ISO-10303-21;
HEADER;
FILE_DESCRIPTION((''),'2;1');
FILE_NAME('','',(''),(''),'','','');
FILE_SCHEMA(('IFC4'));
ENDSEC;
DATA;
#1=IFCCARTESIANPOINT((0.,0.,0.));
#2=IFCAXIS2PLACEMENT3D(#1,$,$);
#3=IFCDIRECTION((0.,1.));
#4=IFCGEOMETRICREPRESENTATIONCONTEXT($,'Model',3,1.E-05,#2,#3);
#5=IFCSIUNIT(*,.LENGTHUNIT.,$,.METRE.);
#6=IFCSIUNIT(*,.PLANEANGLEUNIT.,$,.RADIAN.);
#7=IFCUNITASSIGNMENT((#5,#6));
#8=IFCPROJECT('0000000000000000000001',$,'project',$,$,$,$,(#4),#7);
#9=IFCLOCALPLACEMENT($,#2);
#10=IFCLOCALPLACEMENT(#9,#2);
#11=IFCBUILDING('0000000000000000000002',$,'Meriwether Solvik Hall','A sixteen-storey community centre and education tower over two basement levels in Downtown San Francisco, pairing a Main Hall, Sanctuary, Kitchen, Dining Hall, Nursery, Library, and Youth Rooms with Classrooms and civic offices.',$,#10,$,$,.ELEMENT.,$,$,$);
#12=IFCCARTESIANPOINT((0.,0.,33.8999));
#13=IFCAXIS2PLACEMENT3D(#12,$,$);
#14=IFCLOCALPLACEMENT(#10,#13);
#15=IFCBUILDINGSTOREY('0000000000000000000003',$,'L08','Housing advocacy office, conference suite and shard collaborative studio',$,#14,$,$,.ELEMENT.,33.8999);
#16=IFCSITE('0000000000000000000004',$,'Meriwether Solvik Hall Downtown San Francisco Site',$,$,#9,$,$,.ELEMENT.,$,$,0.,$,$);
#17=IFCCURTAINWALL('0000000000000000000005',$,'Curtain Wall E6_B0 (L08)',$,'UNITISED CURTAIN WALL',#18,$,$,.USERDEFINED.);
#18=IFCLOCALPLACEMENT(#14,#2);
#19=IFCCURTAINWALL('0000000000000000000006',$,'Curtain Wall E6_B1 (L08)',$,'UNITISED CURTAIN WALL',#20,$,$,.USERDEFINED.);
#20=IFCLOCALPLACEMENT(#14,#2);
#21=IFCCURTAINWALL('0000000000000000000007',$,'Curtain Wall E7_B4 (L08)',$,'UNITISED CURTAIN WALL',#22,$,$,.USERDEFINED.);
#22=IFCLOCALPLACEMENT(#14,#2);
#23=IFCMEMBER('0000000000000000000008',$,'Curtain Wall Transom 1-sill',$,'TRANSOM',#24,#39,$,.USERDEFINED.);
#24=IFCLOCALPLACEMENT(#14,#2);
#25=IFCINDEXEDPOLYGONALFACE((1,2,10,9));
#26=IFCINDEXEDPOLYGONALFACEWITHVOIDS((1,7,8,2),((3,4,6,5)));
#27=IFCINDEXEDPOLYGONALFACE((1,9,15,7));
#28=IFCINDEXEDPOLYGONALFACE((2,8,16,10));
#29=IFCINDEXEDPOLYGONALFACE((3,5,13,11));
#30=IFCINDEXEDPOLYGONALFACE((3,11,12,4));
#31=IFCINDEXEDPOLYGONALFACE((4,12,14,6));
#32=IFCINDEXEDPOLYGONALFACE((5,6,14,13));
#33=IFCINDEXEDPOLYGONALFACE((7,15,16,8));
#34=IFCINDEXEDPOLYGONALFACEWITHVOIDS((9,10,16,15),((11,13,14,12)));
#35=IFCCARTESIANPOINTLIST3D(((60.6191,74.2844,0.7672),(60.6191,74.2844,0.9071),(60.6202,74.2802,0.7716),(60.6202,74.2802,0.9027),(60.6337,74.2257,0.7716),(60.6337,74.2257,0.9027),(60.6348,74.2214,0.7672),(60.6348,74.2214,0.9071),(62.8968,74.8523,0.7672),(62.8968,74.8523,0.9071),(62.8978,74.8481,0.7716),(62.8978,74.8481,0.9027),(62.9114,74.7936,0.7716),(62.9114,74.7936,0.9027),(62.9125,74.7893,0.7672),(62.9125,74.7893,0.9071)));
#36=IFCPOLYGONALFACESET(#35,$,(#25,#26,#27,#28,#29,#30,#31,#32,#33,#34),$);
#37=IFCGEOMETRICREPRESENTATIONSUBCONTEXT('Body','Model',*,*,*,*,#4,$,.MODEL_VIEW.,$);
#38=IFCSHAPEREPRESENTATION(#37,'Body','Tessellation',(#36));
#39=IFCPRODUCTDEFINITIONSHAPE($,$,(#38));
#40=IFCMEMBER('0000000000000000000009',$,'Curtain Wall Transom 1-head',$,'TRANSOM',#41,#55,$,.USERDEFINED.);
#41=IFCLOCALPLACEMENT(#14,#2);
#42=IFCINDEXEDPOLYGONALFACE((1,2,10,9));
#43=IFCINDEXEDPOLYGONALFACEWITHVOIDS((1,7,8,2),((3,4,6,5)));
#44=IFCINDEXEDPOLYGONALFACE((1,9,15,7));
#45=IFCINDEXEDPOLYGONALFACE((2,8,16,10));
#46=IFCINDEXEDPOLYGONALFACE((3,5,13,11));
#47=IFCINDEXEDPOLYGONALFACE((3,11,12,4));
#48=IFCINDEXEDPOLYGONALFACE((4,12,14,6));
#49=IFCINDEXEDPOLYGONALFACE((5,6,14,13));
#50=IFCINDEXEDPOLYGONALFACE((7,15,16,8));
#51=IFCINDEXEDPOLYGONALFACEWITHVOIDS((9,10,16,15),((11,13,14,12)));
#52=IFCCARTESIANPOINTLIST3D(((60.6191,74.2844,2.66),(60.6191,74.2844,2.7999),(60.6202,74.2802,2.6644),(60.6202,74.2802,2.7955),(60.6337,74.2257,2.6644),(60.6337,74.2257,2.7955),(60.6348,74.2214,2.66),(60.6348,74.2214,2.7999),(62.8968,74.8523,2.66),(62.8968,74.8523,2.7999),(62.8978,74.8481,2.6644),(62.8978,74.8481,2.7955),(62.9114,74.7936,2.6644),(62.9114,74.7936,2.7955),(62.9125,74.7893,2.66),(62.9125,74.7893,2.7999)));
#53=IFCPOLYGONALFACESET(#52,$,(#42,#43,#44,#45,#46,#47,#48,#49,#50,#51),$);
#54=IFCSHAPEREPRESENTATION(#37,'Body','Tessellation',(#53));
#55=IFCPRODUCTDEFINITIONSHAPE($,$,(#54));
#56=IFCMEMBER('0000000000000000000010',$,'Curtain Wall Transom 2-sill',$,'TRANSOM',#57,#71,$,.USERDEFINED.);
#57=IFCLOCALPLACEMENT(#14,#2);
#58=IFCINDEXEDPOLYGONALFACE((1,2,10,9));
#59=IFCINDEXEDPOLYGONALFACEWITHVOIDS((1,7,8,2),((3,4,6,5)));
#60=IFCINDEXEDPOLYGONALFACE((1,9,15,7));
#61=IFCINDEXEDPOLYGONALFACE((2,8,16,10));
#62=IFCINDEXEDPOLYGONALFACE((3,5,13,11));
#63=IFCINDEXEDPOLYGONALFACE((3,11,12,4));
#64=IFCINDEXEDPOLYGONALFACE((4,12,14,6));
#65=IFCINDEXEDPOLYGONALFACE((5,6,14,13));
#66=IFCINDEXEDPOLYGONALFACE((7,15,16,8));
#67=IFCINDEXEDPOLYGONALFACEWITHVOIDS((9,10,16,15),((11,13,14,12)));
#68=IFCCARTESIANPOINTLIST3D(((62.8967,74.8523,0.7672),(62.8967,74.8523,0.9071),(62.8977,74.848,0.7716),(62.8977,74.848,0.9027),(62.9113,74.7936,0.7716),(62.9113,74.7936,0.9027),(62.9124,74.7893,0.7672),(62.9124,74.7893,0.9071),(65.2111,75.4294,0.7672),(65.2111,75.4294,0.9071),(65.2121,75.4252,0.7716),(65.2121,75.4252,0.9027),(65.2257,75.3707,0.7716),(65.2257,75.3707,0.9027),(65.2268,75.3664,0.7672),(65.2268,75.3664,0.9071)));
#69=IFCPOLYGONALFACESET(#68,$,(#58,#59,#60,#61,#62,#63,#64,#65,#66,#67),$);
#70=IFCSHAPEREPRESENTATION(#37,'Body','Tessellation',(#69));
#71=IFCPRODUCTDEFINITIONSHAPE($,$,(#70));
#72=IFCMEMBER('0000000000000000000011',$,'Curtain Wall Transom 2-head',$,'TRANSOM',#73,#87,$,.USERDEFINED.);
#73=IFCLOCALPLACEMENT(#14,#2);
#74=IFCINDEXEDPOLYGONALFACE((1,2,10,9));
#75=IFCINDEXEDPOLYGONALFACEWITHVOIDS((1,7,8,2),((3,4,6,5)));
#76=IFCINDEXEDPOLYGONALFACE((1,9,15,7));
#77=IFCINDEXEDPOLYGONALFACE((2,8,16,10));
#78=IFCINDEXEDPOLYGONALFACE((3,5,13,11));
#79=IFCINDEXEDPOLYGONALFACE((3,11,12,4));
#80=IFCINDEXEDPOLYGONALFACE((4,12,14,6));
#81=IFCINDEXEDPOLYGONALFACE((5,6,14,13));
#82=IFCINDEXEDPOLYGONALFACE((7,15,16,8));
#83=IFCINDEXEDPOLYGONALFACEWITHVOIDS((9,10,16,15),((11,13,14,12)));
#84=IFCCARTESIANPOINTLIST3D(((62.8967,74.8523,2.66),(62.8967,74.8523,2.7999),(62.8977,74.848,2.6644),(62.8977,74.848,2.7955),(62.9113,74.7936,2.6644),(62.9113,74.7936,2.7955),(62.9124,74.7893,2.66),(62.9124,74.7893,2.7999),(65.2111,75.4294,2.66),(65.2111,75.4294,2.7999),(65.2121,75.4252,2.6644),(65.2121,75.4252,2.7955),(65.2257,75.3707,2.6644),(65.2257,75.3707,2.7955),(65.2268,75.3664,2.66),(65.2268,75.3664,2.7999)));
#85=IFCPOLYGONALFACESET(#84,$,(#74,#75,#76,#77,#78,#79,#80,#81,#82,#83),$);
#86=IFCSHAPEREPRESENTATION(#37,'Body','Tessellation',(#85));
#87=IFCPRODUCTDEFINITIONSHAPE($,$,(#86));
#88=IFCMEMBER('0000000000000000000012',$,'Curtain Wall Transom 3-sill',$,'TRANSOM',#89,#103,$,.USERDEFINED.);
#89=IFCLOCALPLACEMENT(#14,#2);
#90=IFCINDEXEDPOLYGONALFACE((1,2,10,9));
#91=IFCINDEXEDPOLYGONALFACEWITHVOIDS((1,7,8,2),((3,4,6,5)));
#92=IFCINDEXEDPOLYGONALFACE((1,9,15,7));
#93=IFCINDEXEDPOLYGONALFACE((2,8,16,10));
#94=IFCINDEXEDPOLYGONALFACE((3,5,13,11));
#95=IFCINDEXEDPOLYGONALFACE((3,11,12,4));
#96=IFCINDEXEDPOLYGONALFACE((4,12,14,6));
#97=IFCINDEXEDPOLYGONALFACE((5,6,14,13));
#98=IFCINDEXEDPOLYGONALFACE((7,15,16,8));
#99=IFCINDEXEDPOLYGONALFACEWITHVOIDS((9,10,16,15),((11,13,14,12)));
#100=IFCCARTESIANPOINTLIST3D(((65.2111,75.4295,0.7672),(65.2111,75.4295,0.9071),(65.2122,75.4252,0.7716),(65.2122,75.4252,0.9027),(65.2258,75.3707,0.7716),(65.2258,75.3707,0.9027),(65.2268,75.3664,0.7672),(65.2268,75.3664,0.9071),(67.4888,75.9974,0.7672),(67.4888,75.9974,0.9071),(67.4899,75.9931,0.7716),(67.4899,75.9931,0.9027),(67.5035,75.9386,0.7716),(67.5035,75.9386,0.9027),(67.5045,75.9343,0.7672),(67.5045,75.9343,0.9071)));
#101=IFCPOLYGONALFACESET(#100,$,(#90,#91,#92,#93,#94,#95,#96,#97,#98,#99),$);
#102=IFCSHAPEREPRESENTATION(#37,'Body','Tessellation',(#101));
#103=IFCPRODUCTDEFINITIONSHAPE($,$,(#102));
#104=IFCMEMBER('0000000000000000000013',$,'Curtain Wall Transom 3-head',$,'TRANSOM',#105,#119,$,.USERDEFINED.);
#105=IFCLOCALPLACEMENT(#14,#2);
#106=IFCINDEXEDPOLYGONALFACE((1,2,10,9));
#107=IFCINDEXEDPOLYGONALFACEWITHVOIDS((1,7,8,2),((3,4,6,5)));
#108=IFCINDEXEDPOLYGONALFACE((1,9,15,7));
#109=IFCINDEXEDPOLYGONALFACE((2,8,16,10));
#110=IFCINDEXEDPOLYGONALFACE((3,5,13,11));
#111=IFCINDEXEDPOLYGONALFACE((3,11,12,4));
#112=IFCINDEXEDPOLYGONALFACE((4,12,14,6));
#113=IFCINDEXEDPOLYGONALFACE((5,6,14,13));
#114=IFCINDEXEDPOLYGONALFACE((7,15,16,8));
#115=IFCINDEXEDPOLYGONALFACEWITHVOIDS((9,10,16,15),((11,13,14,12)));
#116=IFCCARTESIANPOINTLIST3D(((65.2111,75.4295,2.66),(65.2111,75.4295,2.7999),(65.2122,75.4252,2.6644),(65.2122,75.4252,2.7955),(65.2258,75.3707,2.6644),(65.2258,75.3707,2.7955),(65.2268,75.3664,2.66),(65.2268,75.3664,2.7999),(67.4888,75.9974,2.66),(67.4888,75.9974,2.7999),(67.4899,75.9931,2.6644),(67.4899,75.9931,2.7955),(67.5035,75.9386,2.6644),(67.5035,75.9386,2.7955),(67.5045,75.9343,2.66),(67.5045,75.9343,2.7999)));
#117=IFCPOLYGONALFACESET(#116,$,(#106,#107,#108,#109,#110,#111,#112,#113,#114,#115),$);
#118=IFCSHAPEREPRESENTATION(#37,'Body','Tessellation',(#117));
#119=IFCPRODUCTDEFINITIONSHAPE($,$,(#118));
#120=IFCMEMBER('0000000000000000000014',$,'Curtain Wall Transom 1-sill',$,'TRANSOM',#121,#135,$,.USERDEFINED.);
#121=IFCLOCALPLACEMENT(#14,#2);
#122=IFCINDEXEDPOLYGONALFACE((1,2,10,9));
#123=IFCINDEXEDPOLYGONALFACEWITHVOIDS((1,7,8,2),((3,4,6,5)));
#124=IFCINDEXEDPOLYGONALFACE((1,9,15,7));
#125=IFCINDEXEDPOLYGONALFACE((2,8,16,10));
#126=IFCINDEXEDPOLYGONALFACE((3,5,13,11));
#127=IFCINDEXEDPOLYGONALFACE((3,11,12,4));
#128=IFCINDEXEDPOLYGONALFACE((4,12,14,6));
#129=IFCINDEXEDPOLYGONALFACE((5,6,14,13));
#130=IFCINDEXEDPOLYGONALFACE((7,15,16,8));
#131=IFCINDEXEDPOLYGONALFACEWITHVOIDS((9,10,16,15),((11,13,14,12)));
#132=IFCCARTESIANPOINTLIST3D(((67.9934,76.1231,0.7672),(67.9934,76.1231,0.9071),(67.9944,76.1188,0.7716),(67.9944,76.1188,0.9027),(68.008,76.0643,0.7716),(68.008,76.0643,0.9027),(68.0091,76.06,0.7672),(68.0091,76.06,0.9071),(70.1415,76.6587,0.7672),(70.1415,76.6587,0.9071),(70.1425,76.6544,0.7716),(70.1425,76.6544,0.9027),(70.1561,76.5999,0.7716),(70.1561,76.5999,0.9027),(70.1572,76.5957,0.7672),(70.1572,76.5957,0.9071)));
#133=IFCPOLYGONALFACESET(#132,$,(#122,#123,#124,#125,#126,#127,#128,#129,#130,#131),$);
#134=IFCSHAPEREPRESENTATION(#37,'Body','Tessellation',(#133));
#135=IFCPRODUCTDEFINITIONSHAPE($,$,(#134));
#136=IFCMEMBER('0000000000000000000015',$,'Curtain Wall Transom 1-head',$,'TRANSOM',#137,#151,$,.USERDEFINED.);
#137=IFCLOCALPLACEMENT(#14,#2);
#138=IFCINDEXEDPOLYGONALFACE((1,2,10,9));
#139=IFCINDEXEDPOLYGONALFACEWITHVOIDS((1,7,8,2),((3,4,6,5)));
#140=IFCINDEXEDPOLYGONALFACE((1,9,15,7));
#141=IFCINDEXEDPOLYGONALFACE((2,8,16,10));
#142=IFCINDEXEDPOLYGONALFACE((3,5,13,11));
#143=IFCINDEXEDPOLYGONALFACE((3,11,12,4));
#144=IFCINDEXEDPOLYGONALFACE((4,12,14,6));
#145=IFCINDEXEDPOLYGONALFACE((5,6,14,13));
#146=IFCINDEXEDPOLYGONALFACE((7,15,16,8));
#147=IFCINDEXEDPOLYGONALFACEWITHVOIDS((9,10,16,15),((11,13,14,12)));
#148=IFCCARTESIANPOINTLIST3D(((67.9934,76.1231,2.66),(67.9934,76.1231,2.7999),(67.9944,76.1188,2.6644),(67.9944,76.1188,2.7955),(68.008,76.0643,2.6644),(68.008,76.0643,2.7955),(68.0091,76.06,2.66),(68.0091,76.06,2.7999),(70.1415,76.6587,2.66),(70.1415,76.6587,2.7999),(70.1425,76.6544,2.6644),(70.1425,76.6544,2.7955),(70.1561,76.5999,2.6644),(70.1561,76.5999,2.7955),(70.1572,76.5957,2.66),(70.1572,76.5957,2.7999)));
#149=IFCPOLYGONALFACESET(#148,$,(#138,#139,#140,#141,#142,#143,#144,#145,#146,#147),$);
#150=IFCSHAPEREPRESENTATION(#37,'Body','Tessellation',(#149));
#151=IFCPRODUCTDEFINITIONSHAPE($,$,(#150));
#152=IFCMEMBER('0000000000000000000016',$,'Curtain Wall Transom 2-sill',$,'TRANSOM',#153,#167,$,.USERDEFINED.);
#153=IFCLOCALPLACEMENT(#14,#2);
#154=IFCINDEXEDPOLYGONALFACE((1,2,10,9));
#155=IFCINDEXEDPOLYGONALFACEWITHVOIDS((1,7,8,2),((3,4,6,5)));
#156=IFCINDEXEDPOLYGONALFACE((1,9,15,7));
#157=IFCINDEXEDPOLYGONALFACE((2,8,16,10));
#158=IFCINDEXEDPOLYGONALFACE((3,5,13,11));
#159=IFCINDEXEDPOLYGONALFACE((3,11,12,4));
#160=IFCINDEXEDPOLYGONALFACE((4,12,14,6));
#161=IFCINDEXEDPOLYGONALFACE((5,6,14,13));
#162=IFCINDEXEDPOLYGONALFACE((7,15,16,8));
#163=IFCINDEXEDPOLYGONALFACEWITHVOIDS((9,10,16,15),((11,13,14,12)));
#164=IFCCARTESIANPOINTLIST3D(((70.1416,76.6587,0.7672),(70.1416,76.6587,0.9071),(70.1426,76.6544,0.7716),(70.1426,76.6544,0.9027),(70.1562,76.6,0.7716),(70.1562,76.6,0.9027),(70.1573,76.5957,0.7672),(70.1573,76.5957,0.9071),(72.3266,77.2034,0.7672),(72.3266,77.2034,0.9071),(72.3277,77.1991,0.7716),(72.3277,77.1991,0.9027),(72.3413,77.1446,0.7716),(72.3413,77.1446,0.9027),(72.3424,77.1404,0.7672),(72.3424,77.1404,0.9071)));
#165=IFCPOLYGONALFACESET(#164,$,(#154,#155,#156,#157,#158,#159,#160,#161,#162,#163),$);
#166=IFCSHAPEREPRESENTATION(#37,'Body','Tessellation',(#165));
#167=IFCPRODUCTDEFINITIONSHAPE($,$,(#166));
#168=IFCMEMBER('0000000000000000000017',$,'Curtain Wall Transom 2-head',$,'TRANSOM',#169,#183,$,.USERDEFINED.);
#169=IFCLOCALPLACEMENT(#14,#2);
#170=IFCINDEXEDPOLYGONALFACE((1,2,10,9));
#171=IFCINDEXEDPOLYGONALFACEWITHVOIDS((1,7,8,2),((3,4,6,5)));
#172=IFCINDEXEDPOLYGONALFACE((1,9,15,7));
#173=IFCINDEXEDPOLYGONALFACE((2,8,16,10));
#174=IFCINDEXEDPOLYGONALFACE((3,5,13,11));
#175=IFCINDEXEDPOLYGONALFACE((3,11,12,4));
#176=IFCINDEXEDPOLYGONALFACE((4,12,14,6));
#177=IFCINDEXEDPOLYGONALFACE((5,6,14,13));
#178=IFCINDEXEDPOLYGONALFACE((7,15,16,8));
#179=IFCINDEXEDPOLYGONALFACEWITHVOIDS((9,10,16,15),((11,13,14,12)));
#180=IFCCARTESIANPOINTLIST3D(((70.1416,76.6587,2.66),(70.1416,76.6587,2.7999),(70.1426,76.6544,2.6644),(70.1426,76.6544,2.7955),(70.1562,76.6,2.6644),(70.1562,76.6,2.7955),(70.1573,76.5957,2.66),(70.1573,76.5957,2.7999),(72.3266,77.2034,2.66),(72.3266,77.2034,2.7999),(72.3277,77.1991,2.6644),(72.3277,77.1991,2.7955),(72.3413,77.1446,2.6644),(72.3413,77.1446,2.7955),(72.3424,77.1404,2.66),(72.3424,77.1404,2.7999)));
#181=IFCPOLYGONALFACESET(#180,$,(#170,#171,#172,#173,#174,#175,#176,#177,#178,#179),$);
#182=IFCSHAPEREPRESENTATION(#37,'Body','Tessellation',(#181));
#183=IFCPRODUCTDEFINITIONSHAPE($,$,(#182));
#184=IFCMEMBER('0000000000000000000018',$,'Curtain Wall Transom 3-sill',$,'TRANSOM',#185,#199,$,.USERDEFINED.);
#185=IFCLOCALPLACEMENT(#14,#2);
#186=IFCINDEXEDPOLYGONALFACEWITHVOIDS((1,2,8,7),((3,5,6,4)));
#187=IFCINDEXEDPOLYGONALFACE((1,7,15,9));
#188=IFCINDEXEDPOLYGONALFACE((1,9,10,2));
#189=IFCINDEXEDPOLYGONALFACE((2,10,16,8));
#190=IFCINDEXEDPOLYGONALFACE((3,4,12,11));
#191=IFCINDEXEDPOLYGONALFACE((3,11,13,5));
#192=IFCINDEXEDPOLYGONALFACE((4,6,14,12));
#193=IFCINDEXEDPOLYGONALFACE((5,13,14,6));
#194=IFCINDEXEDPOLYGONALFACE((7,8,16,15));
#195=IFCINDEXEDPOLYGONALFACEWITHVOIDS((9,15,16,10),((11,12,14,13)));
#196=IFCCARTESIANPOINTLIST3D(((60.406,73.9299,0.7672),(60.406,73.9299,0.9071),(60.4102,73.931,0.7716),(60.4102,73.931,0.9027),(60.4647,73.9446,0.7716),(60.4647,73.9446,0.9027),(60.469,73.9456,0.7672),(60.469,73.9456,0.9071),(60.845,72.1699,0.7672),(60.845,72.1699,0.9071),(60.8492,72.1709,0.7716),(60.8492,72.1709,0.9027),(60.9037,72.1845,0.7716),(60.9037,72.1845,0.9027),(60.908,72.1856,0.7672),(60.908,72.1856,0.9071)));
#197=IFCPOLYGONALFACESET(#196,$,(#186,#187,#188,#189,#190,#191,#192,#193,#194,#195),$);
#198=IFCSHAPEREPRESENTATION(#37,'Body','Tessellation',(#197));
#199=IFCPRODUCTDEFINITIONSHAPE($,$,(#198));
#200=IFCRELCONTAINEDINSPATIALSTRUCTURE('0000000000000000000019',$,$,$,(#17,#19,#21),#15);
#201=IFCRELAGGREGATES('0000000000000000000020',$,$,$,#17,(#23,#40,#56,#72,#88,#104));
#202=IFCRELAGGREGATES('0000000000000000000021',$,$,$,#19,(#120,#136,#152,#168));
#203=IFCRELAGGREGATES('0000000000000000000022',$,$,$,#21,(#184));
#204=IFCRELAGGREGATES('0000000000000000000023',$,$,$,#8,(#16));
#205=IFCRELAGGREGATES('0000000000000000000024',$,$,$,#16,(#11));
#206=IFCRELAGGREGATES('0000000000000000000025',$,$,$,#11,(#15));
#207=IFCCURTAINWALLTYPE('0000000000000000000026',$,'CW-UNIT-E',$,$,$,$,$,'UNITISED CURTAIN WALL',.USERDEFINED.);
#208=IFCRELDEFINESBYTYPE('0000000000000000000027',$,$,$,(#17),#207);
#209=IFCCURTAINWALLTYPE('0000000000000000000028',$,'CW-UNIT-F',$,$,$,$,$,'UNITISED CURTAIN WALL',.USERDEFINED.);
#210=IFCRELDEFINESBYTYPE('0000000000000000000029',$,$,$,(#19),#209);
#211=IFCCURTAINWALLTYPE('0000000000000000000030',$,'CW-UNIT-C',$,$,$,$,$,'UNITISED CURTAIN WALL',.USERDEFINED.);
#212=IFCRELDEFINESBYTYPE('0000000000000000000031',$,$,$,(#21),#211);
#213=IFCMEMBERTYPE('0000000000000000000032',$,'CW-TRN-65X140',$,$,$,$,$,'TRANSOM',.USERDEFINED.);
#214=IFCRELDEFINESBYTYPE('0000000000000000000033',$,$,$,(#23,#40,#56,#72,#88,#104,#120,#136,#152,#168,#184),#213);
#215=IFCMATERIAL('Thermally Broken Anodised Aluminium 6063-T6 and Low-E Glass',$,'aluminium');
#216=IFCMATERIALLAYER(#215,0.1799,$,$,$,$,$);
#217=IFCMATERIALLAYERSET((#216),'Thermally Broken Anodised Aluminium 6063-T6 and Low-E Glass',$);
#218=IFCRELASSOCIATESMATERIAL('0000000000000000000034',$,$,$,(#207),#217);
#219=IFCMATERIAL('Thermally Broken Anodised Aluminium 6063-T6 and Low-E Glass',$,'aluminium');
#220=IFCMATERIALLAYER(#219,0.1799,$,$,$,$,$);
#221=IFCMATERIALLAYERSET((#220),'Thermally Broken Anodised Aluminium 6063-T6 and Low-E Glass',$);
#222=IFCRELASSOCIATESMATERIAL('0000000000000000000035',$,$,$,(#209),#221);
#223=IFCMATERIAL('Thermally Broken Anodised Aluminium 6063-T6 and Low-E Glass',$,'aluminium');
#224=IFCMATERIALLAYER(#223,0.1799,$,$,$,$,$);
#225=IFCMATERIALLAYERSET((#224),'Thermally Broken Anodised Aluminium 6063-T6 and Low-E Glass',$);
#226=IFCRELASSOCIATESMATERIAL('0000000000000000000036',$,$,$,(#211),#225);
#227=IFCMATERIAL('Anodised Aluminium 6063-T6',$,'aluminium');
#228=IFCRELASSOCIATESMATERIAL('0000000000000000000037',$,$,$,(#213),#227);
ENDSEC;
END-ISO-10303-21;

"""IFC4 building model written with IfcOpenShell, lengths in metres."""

from ifc_helpers import new_model, si_unit, direction, frame, origin, origin_2d, place, context, subcontext, project, spatial, hollow_rectangle, extrude, material, layer, layer_set, material_profile, profile_set, type_object, element, aggregate, save


model = new_model("IFC4")

# Units and contexts
model_context = context("Model", 3, precision=1e-05, world=origin(), true_north=direction((0.0, 1.0)))
body_context = subcontext(model_context, "Body", "Model", "MODEL_VIEW")
ifc_project = project(units=[si_unit("LENGTHUNIT", "METRE"), si_unit("PLANEANGLEUNIT", "RADIAN")], contexts=[model_context])

# Site, building, storey
site_placement = place(None, origin())
site = spatial("IfcSite", under=ifc_project, at=site_placement, Name="Meriwether Solvik Hall Downtown San Francisco Site", CompositionType="ELEMENT", RefElevation=0.0)
building_placement = place(site_placement, origin())
building = spatial("IfcBuilding", under=site, at=building_placement, Name="Meriwether Solvik Hall", Description="A sixteen-storey community centre and education tower over two basement levels in Downtown San Francisco, pairing a Main Hall, Sanctuary, Kitchen, Dining Hall, Nursery, Library, and Youth Rooms with Classrooms and civic offices.", CompositionType="ELEMENT")
storey_placement = place(building_placement, frame((0.0, 0.0, 33.8999)))
storey = spatial("IfcBuildingStorey", under=building, at=storey_placement, Name="L08", Description="Housing advocacy office, conference suite and shard collaborative studio", CompositionType="ELEMENT", Elevation=33.8999)

# Curtain walls
ifc_material_1 = material(Name="Thermally Broken Anodised Aluminium 6063-T6 and Low-E Glass", Category="aluminium")
ifc_layer_1 = layer(ifc_material_1, 0.1799)
ifc_layer_set_1 = layer_set([ifc_layer_1], Name="Thermally Broken Anodised Aluminium 6063-T6 and Low-E Glass")
curtain_wall_type_1 = type_object("IfcCurtainWallType", Name="CW-UNIT-E", ElementType="UNITISED CURTAIN WALL", PredefinedType="USERDEFINED", material=ifc_layer_set_1)
curtain_wall_1_placement = place(storey_placement, origin())
curtain_wall_1 = element("IfcCurtainWall", 1, at=curtain_wall_1_placement, inside=storey, type_object=curtain_wall_type_1, Name="Curtain Wall E6_B0 (L08)", ObjectType="UNITISED CURTAIN WALL", PredefinedType="USERDEFINED")
ifc_material_2 = material(Name="Thermally Broken Anodised Aluminium 6063-T6 and Low-E Glass", Category="aluminium")
ifc_layer_2 = layer(ifc_material_2, 0.1799)
ifc_layer_set_2 = layer_set([ifc_layer_2], Name="Thermally Broken Anodised Aluminium 6063-T6 and Low-E Glass")
curtain_wall_type_2 = type_object("IfcCurtainWallType", Name="CW-UNIT-F", ElementType="UNITISED CURTAIN WALL", PredefinedType="USERDEFINED", material=ifc_layer_set_2)
curtain_wall_2_placement = place(storey_placement, origin())
curtain_wall_2 = element("IfcCurtainWall", 2, at=curtain_wall_2_placement, inside=storey, type_object=curtain_wall_type_2, Name="Curtain Wall E6_B1 (L08)", ObjectType="UNITISED CURTAIN WALL", PredefinedType="USERDEFINED")
ifc_material_3 = material(Name="Thermally Broken Anodised Aluminium 6063-T6 and Low-E Glass", Category="aluminium")
ifc_layer_3 = layer(ifc_material_3, 0.1799)
ifc_layer_set_3 = layer_set([ifc_layer_3], Name="Thermally Broken Anodised Aluminium 6063-T6 and Low-E Glass")
curtain_wall_type_3 = type_object("IfcCurtainWallType", Name="CW-UNIT-C", ElementType="UNITISED CURTAIN WALL", PredefinedType="USERDEFINED", material=ifc_layer_set_3)
curtain_wall_3_placement = place(storey_placement, origin())
curtain_wall_3 = element("IfcCurtainWall", 3, at=curtain_wall_3_placement, inside=storey, type_object=curtain_wall_type_3, Name="Curtain Wall E7_B4 (L08)", ObjectType="UNITISED CURTAIN WALL", PredefinedType="USERDEFINED")

# Members
ifc_material_4 = material(Name="Anodised Aluminium 6063-T6", Category="aluminium")
ifc_material_profile_1 = material_profile(ifc_material_4, hollow_rectangle(XDim=0.0649, YDim=0.1399, WallThickness=0.0044, at=origin_2d()), Name="CWT-65X140")
ifc_profile_set_1 = profile_set([ifc_material_profile_1], Name="Anodised Aluminium 6063-T6")
member_type_1 = type_object("IfcMemberType", Name="CW-TRN-65X140", ElementType="TRANSOM", PredefinedType="USERDEFINED", material=ifc_profile_set_1)
member_1_placement = place(storey_placement, frame((60.627, 74.2529, 0.8372), z_axis=(0.970295, 0.241924, 0.0), x_axis=(-0.241924, 0.970295, 0.0)))
member_1 = element("IfcMember", 4, at=member_1_placement, type_object=member_type_1, Name="Curtain Wall Transom 1-sill", ObjectType="TRANSOM", PredefinedType="USERDEFINED", context=body_context, shape_type="SweptSolid", body=[
    extrude(hollow_rectangle(XDim=0.0649, YDim=0.1399, WallThickness=0.0044, at=origin_2d()), origin(), (0.0, 0.0, 1.0), 2.3474),
])
member_2_placement = place(storey_placement, frame((60.627, 74.2529, 2.73), z_axis=(0.970295, 0.241924, 0.0), x_axis=(-0.241924, 0.970295, 0.0)))
member_2 = element("IfcMember", 5, at=member_2_placement, type_object=member_type_1, Name="Curtain Wall Transom 1-head", ObjectType="TRANSOM", PredefinedType="USERDEFINED", context=body_context, shape_type="SweptSolid", body=[
    extrude(hollow_rectangle(XDim=0.0649, YDim=0.1399, WallThickness=0.0044, at=origin_2d()), origin(), (0.0, 0.0, 1.0), 2.3474),
])
member_3_placement = place(storey_placement, frame((62.9045, 74.8208, 0.8372), z_axis=(0.970287, 0.241958, 0.0), x_axis=(-0.241958, 0.970287, 0.0)))
member_3 = element("IfcMember", 6, at=member_3_placement, type_object=member_type_1, Name="Curtain Wall Transom 2-sill", ObjectType="TRANSOM", PredefinedType="USERDEFINED", context=body_context, shape_type="SweptSolid", body=[
    extrude(hollow_rectangle(XDim=0.0649, YDim=0.1399, WallThickness=0.0044, at=origin_2d()), origin(), (0.0, 0.0, 1.0), 2.3853),
])
member_4_placement = place(storey_placement, frame((62.9045, 74.8208, 2.73), z_axis=(0.970287, 0.241958, 0.0), x_axis=(-0.241958, 0.970287, 0.0)))
member_4 = element("IfcMember", 7, at=member_4_placement, type_object=member_type_1, Name="Curtain Wall Transom 2-head", ObjectType="TRANSOM", PredefinedType="USERDEFINED", context=body_context, shape_type="SweptSolid", body=[
    extrude(hollow_rectangle(XDim=0.0649, YDim=0.1399, WallThickness=0.0044, at=origin_2d()), origin(), (0.0, 0.0, 1.0), 2.3853),
])
member_5_placement = place(storey_placement, frame((65.219, 75.3979, 0.8372), z_axis=(0.970295, 0.241924, 0.0), x_axis=(-0.241924, 0.970295, 0.0)))
member_5 = element("IfcMember", 8, at=member_5_placement, type_object=member_type_1, Name="Curtain Wall Transom 3-sill", ObjectType="TRANSOM", PredefinedType="USERDEFINED", context=body_context, shape_type="SweptSolid", body=[
    extrude(hollow_rectangle(XDim=0.0649, YDim=0.1399, WallThickness=0.0044, at=origin_2d()), origin(), (0.0, 0.0, 1.0), 2.3474),
])
member_6_placement = place(storey_placement, frame((65.219, 75.3979, 2.73), z_axis=(0.970295, 0.241924, 0.0), x_axis=(-0.241924, 0.970295, 0.0)))
member_6 = element("IfcMember", 9, at=member_6_placement, type_object=member_type_1, Name="Curtain Wall Transom 3-head", ObjectType="TRANSOM", PredefinedType="USERDEFINED", context=body_context, shape_type="SweptSolid", body=[
    extrude(hollow_rectangle(XDim=0.0649, YDim=0.1399, WallThickness=0.0044, at=origin_2d()), origin(), (0.0, 0.0, 1.0), 2.3474),
])
member_7_placement = place(storey_placement, frame((68.0012, 76.0916, 0.8372), z_axis=(0.970292, 0.241939, 0.0), x_axis=(-0.241939, 0.970292, 0.0)))
member_7 = element("IfcMember", 10, at=member_7_placement, type_object=member_type_1, Name="Curtain Wall Transom 1-sill", ObjectType="TRANSOM", PredefinedType="USERDEFINED", context=body_context, shape_type="SweptSolid", body=[
    extrude(hollow_rectangle(XDim=0.0649, YDim=0.1399, WallThickness=0.0044, at=origin_2d()), origin(), (0.0, 0.0, 1.0), 2.2139),
])
member_8_placement = place(storey_placement, frame((68.0012, 76.0916, 2.73), z_axis=(0.970292, 0.241939, 0.0), x_axis=(-0.241939, 0.970292, 0.0)))
member_8 = element("IfcMember", 11, at=member_8_placement, type_object=member_type_1, Name="Curtain Wall Transom 1-head", ObjectType="TRANSOM", PredefinedType="USERDEFINED", context=body_context, shape_type="SweptSolid", body=[
    extrude(hollow_rectangle(XDim=0.0649, YDim=0.1399, WallThickness=0.0044, at=origin_2d()), origin(), (0.0, 0.0, 1.0), 2.2139),
])
member_9_placement = place(storey_placement, frame((70.1494, 76.6272, 0.8372), z_axis=(0.970308, 0.241872, 0.0), x_axis=(-0.241872, 0.970308, 0.0)))
member_9 = element("IfcMember", 12, at=member_9_placement, type_object=member_type_1, Name="Curtain Wall Transom 2-sill", ObjectType="TRANSOM", PredefinedType="USERDEFINED", context=body_context, shape_type="SweptSolid", body=[
    extrude(hollow_rectangle(XDim=0.0649, YDim=0.1399, WallThickness=0.0044, at=origin_2d()), origin(), (0.0, 0.0, 1.0), 2.252),
])
member_10_placement = place(storey_placement, frame((70.1494, 76.6272, 2.73), z_axis=(0.970308, 0.241872, 0.0), x_axis=(-0.241872, 0.970308, 0.0)))
member_10 = element("IfcMember", 13, at=member_10_placement, type_object=member_type_1, Name="Curtain Wall Transom 2-head", ObjectType="TRANSOM", PredefinedType="USERDEFINED", context=body_context, shape_type="SweptSolid", body=[
    extrude(hollow_rectangle(XDim=0.0649, YDim=0.1399, WallThickness=0.0044, at=origin_2d()), origin(), (0.0, 0.0, 1.0), 2.252),
])
member_11_placement = place(storey_placement, frame((60.8765, 72.1777, 0.8372), z_axis=(-0.241997, 0.970277, 0.0), x_axis=(-0.970277, -0.241997, 0.0)))
member_11 = element("IfcMember", 14, at=member_11_placement, type_object=member_type_1, Name="Curtain Wall Transom 3-sill", ObjectType="TRANSOM", PredefinedType="USERDEFINED", context=body_context, shape_type="SweptSolid", body=[
    extrude(hollow_rectangle(XDim=0.0649, YDim=0.1399, WallThickness=0.0044, at=origin_2d()), origin(), (0.0, 0.0, 1.0), 1.814),
])

aggregate(curtain_wall_1, [member_1, member_2, member_3, member_4, member_5, member_6])
aggregate(curtain_wall_2, [member_7, member_8, member_9, member_10])
aggregate(curtain_wall_3, [member_11])

save(model, "model.ifc")
